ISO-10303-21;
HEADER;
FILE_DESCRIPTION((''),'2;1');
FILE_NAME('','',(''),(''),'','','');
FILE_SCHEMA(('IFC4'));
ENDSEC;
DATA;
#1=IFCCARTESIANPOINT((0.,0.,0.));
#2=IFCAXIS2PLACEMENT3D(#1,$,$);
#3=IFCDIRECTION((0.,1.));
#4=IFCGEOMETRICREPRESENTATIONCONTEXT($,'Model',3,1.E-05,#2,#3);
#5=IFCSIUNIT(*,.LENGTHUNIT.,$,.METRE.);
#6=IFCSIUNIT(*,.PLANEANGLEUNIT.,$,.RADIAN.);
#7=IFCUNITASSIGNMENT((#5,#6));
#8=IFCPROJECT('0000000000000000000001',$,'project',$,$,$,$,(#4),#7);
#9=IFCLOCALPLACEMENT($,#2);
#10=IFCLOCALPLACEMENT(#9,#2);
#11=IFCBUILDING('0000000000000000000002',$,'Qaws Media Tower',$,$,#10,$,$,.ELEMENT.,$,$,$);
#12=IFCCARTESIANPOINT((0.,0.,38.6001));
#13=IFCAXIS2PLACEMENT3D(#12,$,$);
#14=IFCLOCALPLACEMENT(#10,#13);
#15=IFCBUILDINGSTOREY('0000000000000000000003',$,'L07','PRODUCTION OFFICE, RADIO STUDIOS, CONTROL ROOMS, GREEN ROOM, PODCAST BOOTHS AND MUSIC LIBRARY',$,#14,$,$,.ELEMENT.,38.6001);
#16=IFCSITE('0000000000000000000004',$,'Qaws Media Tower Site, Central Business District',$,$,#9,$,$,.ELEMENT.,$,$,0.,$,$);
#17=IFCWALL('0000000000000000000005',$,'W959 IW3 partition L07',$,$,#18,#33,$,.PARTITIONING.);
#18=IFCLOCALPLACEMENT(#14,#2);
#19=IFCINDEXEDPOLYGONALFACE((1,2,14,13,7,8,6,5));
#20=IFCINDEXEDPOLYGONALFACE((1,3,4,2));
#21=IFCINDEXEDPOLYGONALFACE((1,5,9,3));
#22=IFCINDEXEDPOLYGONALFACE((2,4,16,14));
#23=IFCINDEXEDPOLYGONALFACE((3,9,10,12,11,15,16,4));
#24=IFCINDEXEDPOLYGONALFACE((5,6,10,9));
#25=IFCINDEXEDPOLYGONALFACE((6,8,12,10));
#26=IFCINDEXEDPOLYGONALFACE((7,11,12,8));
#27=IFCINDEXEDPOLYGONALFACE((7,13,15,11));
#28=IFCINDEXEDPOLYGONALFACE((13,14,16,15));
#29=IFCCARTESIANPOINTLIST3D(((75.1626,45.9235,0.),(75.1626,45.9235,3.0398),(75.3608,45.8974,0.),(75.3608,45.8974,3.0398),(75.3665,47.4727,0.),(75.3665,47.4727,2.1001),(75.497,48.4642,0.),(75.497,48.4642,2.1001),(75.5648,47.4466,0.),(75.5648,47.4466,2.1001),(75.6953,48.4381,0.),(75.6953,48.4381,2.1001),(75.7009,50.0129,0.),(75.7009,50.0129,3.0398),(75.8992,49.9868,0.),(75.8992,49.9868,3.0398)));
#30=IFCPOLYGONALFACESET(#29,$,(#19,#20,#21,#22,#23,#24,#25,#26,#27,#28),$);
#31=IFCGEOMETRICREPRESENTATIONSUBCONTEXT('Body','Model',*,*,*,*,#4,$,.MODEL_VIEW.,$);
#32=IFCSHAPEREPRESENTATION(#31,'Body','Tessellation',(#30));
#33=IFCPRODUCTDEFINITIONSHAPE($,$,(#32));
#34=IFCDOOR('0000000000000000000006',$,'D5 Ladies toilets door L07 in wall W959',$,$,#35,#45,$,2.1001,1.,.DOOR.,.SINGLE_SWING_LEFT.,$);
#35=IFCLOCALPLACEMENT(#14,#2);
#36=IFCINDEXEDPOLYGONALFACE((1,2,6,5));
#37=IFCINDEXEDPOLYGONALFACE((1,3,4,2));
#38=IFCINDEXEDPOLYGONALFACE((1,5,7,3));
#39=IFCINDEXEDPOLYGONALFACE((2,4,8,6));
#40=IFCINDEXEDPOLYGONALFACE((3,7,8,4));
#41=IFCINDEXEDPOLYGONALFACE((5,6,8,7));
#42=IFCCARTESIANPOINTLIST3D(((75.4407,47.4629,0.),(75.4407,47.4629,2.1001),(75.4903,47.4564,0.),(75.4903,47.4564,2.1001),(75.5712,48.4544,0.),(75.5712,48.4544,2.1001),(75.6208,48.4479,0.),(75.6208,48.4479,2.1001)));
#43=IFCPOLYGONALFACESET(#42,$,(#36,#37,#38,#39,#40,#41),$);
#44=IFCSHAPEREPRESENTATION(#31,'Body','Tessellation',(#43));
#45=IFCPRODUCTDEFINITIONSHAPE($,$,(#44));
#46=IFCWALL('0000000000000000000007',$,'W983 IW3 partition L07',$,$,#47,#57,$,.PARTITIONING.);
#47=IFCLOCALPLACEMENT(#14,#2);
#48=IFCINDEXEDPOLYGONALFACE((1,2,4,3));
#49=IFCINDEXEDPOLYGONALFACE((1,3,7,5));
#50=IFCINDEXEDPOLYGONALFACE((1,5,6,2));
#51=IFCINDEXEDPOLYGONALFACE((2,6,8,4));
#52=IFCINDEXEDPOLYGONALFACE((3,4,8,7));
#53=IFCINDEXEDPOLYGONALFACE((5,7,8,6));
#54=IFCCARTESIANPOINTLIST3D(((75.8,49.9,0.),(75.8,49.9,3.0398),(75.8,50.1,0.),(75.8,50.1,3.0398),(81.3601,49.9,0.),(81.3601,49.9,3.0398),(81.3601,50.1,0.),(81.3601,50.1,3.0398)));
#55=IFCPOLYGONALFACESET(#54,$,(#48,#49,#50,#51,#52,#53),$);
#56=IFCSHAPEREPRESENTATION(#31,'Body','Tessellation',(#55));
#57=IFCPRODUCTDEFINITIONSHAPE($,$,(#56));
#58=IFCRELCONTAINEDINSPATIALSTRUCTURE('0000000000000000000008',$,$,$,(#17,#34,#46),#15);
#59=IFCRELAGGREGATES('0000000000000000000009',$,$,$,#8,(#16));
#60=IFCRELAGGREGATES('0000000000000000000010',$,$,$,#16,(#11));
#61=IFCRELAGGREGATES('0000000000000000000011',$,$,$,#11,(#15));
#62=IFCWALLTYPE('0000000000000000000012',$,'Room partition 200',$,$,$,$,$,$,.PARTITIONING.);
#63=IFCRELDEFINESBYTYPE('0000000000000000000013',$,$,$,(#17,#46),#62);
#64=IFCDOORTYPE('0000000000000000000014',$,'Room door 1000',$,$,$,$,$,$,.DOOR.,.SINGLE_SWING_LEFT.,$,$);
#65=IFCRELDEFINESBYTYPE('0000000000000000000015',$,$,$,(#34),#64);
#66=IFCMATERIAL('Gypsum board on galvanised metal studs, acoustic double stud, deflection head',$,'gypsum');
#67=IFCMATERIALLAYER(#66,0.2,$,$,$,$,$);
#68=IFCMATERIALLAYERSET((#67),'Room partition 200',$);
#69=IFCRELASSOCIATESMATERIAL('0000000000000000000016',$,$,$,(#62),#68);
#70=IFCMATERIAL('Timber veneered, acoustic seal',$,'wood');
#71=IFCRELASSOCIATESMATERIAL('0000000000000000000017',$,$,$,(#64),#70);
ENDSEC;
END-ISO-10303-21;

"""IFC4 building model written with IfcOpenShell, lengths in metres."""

from ifc_helpers import new_model, si_unit, direction, frame, frame_2d, origin, place, context, subcontext, project, spatial, rectangle, extrude, material, layer, layer_set, type_object, element, fill, save


model = new_model("IFC4")

# Units and contexts
model_context = context("Model", 3, precision=1e-05, world=origin(), true_north=direction((0.0, 1.0)))
body_context = subcontext(model_context, "Body", "Model", "MODEL_VIEW")
ifc_project = project(units=[si_unit("LENGTHUNIT", "METRE"), si_unit("PLANEANGLEUNIT", "RADIAN")], contexts=[model_context])

# Site, building, storey
site_placement = place(None, origin())
site = spatial("IfcSite", under=ifc_project, at=site_placement, Name="Qaws Media Tower Site, Central Business District", CompositionType="ELEMENT", RefElevation=0.0)
building_placement = place(site_placement, origin())
building = spatial("IfcBuilding", under=site, at=building_placement, Name="Qaws Media Tower", CompositionType="ELEMENT")
storey_placement = place(building_placement, frame((0.0, 0.0, 38.6001)))
storey = spatial("IfcBuildingStorey", under=building, at=storey_placement, Name="L07", Description="PRODUCTION OFFICE, RADIO STUDIOS, CONTROL ROOMS, GREEN ROOM, PODCAST BOOTHS AND MUSIC LIBRARY", CompositionType="ELEMENT", Elevation=38.6001)

# Shared definitions
ifc_material_1 = material(Name="Gypsum board on galvanised metal studs, acoustic double stud, deflection head", Category="gypsum")
ifc_layer_1 = layer(ifc_material_1, 0.2)
ifc_layer_set_1 = layer_set([ifc_layer_1], Name="Room partition 200")
wall_type_1 = type_object("IfcWallType", Name="Room partition 200", PredefinedType="PARTITIONING", material=ifc_layer_set_1)

# Wall, opening, door
wall_1_placement = place(storey_placement, frame((75.8, 50.0, 0.0), z_axis=(0.0, 0.0, 1.0), x_axis=(-0.130516, -0.991446, 0.0)))
wall_1 = element("IfcWall", 1, at=wall_1_placement, inside=storey, type_object=wall_type_1, Name="W959 IW3 partition L07", PredefinedType="PARTITIONING", context=body_context, shape_type="SweptSolid", body=[
    extrude(rectangle(XDim=4.1248, YDim=0.2, at=frame_2d((2.0625, 0.0))), origin(), (0.0, 0.0, 1.0), 3.0398),
])
opening_1_placement = place(wall_1_placement, frame((1.5623, 0.0, 0.0)))
opening_1 = element("IfcOpeningElement", 2, at=opening_1_placement, cuts=wall_1, PredefinedType="OPENING", context=body_context, shape_type="SweptSolid", body=[
    extrude(rectangle(XDim=1.0, YDim=2.1001, at=frame_2d((0.5, 1.05))), frame((0.0, 0.1099, 0.0), z_axis=(0.0, -1.0, 0.0), x_axis=(1.0, 0.0, 0.0)), (0.0, 0.0, 1.0), 0.22),
])
ifc_material_2 = material(Name="Timber veneered, acoustic seal", Category="wood")
door_type_1 = type_object("IfcDoorType", Name="Room door 1000", OperationType="SINGLE_SWING_LEFT", PredefinedType="DOOR", material=ifc_material_2)
door_1_placement = place(opening_1_placement, origin())
door_1 = element("IfcDoor", 3, at=door_1_placement, inside=storey, type_object=door_type_1, Name="D5 Ladies toilets door L07 in wall W959", OperationType="SINGLE_SWING_LEFT", OverallHeight=2.1001, OverallWidth=1.0, PredefinedType="DOOR", context=body_context, shape_type="SweptSolid", body=[
    extrude(rectangle(XDim=1.0, YDim=2.1001, at=frame_2d((0.5, 1.05))), frame((0.0, 0.0249, 0.0), z_axis=(0.0, -1.0, 0.0), x_axis=(1.0, 0.0, 0.0)), (0.0, 0.0, 1.0), 0.05),
])
fill(opening_1, door_1)

# Wall
wall_2_placement = place(storey_placement, frame((75.8, 50.0, 0.0), z_axis=(0.0, 0.0, 1.0), x_axis=(1.0, 0.0, 0.0)))
element("IfcWall", 4, at=wall_2_placement, inside=storey, type_object=wall_type_1, Name="W983 IW3 partition L07", PredefinedType="PARTITIONING", context=body_context, shape_type="SweptSolid", body=[
    extrude(rectangle(XDim=5.5601, YDim=0.2, at=frame_2d((2.78, 0.0))), origin(), (0.0, 0.0, 1.0), 3.0398),
])

save(model, "model.ifc")
